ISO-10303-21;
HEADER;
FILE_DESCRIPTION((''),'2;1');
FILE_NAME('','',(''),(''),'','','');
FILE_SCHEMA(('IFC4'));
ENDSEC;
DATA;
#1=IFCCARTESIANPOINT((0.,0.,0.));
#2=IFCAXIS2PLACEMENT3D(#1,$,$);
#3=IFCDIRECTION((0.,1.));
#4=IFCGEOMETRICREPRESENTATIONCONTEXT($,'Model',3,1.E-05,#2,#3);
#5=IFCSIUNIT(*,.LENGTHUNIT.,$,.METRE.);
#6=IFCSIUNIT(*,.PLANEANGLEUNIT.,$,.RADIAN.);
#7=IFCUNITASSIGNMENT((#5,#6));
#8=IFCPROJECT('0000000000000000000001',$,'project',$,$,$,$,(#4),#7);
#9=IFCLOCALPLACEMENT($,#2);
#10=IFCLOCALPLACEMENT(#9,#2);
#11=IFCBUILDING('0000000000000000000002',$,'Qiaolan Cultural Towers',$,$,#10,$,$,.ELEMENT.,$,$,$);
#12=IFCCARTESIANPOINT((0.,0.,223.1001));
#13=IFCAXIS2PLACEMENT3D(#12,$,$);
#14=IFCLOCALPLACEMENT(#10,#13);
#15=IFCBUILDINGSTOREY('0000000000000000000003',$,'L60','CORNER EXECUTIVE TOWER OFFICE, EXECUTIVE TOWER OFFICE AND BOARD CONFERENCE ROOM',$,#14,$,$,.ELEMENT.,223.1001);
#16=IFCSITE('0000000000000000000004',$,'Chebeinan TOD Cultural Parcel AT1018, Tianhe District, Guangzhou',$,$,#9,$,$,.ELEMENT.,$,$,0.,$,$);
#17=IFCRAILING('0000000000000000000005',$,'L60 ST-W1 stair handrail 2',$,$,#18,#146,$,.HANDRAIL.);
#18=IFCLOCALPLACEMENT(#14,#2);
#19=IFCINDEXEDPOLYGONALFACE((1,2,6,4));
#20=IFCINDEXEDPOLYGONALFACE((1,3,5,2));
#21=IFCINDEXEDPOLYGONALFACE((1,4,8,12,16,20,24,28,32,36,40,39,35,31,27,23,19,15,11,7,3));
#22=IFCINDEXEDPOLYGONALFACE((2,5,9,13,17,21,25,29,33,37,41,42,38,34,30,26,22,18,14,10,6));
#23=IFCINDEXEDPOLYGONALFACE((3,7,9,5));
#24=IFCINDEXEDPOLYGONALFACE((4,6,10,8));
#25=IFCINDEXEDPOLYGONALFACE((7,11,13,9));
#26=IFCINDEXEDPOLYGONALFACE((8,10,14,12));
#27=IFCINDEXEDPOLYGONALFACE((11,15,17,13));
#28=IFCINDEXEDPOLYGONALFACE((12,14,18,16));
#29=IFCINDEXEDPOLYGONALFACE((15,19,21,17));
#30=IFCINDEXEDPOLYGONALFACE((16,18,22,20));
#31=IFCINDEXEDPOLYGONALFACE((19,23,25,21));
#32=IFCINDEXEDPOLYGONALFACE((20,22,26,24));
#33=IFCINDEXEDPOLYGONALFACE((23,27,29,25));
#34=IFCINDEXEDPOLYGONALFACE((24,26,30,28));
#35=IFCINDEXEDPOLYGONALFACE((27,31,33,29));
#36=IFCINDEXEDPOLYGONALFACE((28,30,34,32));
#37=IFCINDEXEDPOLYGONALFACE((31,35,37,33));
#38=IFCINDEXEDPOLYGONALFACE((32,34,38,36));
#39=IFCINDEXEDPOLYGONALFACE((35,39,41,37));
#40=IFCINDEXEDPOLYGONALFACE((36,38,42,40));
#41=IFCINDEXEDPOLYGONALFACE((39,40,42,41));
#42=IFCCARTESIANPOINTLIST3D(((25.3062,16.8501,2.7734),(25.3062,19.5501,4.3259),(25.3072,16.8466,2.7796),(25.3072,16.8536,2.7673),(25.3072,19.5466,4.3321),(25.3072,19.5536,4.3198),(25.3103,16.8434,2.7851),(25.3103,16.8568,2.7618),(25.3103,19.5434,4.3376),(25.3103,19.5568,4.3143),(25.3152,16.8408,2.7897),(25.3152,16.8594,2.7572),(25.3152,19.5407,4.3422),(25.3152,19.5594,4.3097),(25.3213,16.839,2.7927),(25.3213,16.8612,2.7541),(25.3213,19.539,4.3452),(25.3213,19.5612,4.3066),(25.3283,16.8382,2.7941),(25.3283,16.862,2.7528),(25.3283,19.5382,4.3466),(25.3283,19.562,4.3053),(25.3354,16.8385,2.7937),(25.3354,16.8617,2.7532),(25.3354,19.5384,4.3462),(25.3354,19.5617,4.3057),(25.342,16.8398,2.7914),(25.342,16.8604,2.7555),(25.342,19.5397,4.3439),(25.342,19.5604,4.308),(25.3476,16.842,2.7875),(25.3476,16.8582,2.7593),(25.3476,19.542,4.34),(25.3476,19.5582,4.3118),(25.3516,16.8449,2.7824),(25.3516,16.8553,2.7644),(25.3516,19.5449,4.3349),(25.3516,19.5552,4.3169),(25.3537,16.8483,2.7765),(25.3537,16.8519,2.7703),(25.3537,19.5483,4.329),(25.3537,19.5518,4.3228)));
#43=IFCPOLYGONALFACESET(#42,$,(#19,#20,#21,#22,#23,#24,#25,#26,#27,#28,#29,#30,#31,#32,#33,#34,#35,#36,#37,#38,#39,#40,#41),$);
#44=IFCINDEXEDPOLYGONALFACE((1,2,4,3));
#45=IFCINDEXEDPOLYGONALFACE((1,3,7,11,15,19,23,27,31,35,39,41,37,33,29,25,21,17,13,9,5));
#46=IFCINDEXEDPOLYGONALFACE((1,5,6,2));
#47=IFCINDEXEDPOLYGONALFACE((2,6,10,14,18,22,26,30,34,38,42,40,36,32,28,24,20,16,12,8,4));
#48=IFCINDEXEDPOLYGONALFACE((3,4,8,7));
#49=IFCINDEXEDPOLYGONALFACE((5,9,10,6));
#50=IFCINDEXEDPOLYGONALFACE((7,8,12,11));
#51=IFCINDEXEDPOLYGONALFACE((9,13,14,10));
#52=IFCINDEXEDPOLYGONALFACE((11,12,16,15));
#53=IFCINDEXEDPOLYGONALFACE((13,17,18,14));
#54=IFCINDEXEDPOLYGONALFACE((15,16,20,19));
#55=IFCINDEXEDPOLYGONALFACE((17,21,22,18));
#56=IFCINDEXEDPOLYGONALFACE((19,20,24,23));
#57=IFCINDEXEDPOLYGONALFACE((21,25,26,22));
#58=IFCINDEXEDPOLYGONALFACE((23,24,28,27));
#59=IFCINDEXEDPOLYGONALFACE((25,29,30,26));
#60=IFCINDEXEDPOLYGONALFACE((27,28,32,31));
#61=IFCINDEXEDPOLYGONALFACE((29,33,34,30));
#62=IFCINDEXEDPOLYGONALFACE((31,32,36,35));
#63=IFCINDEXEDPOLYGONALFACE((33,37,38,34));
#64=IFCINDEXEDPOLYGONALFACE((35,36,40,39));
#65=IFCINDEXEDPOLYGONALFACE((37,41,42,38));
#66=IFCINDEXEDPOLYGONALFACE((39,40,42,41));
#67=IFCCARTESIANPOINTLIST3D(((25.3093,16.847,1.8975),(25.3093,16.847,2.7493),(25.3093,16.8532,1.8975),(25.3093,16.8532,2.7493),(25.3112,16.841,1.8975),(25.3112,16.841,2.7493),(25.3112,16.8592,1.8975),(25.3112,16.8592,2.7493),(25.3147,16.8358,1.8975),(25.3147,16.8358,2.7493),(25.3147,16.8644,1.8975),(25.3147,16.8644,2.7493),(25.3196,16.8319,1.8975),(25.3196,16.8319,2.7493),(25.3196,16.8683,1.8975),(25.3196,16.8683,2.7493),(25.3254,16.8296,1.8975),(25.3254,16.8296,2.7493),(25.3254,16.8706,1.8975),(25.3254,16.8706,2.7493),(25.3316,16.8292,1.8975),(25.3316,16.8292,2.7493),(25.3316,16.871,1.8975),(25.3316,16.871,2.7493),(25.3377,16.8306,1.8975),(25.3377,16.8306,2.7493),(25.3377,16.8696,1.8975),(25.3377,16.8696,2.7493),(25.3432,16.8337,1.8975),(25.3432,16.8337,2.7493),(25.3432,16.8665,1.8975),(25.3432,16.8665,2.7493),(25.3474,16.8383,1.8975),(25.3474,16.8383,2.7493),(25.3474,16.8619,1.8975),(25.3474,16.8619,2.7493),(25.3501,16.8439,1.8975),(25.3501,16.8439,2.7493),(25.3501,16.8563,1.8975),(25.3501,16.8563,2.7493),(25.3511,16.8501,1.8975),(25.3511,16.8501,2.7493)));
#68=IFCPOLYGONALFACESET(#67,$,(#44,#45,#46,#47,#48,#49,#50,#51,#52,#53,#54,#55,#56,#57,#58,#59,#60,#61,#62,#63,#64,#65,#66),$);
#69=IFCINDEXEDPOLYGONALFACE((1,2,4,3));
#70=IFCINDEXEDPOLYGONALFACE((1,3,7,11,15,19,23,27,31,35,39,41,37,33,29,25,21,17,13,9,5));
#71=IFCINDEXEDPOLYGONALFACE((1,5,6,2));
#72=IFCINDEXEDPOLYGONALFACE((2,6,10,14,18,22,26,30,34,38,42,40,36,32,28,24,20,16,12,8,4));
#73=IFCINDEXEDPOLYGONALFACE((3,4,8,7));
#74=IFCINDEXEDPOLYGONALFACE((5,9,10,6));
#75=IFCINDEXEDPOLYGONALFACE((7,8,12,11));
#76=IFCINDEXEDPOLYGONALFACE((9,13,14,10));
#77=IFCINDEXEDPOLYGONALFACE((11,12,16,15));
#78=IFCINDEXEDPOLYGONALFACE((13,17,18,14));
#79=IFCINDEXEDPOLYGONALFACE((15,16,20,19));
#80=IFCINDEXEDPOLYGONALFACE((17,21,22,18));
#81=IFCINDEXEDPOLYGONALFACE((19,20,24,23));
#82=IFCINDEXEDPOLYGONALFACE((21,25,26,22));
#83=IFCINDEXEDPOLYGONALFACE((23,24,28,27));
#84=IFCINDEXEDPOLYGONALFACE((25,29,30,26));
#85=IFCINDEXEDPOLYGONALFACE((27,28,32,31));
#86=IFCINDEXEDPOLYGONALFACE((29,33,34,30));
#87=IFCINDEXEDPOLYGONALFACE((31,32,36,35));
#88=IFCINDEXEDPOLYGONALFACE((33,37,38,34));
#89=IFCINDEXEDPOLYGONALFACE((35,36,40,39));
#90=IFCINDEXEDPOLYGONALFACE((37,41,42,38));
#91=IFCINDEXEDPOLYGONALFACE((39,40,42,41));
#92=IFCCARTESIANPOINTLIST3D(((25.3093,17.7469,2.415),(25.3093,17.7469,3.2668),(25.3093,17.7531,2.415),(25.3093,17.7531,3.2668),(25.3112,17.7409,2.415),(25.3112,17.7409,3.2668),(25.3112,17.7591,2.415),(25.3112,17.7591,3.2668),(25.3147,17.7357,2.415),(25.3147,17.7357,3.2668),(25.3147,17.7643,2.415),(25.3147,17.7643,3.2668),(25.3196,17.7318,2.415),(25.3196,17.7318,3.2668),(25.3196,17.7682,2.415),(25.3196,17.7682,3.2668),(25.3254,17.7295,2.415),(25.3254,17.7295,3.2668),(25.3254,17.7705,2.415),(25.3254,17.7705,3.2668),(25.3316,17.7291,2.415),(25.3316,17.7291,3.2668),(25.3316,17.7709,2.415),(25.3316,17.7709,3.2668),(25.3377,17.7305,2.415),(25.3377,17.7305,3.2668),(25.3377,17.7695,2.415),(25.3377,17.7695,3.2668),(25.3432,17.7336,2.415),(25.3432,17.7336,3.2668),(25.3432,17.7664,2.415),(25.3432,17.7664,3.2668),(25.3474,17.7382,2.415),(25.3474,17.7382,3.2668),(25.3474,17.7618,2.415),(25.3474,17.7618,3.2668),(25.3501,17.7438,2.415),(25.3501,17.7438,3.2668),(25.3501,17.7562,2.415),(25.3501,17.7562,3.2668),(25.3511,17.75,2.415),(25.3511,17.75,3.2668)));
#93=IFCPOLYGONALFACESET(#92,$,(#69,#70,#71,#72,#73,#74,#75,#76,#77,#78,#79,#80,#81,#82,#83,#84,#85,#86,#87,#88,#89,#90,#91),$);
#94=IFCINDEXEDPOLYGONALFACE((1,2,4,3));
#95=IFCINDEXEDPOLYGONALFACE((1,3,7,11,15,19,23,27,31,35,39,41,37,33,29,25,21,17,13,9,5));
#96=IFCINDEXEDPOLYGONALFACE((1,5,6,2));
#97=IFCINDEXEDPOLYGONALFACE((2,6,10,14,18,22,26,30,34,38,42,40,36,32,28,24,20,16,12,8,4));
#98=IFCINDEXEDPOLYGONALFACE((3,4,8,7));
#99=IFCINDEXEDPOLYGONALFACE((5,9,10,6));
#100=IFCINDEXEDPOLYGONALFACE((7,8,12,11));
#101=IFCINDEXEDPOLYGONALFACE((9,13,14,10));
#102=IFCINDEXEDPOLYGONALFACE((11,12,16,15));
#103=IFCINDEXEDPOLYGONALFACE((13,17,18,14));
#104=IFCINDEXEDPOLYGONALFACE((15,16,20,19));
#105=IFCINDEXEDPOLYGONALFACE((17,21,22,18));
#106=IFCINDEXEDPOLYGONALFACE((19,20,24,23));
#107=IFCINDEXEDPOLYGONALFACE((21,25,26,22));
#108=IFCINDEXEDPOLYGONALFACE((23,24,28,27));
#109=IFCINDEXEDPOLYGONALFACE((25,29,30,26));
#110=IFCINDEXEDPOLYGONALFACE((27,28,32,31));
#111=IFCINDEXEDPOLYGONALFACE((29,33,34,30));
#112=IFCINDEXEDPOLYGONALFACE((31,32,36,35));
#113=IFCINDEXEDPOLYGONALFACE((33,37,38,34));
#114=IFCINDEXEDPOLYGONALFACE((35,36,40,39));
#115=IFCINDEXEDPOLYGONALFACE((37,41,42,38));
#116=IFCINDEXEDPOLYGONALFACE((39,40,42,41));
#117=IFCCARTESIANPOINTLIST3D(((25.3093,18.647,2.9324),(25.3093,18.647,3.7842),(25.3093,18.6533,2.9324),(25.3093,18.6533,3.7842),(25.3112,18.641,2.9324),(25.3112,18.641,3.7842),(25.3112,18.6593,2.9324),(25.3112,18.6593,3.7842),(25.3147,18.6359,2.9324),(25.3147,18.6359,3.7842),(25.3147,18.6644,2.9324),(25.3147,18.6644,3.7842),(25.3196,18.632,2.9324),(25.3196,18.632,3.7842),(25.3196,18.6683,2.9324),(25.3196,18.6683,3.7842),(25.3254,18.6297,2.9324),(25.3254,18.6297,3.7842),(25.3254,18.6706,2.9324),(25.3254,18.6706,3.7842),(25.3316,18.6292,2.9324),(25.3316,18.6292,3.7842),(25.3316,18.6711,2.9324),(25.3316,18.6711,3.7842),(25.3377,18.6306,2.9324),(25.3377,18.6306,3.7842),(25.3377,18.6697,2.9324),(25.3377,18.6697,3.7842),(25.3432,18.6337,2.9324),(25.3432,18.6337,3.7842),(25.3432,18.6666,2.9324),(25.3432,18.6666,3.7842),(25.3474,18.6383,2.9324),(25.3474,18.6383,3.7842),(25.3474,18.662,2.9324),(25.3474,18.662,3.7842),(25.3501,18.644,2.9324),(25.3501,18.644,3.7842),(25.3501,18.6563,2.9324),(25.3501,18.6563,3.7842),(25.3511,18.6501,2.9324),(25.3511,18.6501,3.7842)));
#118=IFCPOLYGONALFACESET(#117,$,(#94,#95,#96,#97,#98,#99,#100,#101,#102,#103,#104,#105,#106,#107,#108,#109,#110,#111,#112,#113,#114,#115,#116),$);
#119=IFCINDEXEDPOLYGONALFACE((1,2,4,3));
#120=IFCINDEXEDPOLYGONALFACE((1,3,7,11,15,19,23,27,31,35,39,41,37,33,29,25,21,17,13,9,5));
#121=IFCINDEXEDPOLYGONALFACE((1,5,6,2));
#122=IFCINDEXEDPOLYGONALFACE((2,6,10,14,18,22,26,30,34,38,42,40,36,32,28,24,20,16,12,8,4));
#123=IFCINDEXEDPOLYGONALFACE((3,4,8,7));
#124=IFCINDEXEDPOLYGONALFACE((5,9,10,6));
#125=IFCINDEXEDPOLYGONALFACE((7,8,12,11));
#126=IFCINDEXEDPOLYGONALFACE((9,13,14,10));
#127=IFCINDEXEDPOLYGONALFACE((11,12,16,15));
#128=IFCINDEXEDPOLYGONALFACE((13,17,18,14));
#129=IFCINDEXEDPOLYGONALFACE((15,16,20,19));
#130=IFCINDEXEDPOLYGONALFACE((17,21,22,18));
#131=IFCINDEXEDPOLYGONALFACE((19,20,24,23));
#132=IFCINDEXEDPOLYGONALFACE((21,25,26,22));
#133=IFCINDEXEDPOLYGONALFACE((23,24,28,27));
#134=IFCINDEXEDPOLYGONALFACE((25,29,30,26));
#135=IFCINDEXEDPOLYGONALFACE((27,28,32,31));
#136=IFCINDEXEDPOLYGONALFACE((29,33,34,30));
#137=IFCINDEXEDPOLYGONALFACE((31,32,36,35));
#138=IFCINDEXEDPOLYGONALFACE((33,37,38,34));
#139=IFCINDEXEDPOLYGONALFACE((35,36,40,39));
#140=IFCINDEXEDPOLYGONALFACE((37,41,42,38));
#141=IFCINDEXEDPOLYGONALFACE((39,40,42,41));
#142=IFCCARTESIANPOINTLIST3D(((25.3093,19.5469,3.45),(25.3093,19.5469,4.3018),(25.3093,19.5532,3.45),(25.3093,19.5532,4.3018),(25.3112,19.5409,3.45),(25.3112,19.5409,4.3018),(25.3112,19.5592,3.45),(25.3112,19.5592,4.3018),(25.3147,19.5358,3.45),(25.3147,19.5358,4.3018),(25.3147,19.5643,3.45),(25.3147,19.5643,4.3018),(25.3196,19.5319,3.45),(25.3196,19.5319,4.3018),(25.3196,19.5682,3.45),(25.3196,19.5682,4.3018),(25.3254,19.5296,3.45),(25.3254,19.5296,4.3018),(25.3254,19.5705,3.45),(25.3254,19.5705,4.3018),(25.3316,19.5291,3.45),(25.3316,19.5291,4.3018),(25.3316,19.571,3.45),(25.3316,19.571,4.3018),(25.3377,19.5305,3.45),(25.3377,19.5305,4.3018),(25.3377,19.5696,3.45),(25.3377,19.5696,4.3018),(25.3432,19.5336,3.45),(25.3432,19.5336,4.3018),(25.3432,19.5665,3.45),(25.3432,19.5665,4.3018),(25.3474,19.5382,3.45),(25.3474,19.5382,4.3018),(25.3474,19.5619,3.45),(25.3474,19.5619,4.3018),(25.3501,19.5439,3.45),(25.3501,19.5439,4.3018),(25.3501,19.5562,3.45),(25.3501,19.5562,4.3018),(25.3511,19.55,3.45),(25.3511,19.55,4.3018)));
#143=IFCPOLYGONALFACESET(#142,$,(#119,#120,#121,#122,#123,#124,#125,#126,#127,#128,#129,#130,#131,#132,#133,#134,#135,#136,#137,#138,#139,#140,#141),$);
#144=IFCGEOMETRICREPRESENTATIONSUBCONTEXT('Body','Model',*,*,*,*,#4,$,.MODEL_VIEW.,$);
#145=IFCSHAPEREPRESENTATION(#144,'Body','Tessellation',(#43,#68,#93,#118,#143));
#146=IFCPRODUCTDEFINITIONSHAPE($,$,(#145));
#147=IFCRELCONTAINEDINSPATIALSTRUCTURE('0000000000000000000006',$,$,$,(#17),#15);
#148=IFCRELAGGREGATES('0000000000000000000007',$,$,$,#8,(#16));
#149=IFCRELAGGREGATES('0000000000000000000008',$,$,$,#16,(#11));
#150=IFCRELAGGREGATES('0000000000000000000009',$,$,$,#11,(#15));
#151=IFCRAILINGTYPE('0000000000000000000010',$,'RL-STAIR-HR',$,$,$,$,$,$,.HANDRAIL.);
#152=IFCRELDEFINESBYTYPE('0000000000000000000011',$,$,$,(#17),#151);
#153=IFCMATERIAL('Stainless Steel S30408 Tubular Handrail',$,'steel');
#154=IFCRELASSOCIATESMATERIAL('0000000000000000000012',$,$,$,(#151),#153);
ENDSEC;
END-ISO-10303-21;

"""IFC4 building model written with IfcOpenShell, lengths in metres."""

from ifc_helpers import new_model, si_unit, direction, frame, origin, origin_2d, place, context, subcontext, project, spatial, circle, extrude, material, type_object, element, save


model = new_model("IFC4")

# Units and contexts
model_context = context("Model", 3, precision=1e-05, world=origin(), true_north=direction((0.0, 1.0)))
body_context = subcontext(model_context, "Body", "Model", "MODEL_VIEW")
ifc_project = project(units=[si_unit("LENGTHUNIT", "METRE"), si_unit("PLANEANGLEUNIT", "RADIAN")], contexts=[model_context])

# Site, building, storey
site_placement = place(None, origin())
site = spatial("IfcSite", under=ifc_project, at=site_placement, Name="Chebeinan TOD Cultural Parcel AT1018, Tianhe District, Guangzhou", CompositionType="ELEMENT", RefElevation=0.0)
building_placement = place(site_placement, origin())
building = spatial("IfcBuilding", under=site, at=building_placement, Name="Qiaolan Cultural Towers", CompositionType="ELEMENT")
storey_placement = place(building_placement, frame((0.0, 0.0, 223.1001)))
storey = spatial("IfcBuildingStorey", under=building, at=storey_placement, Name="L60", Description="CORNER EXECUTIVE TOWER OFFICE, EXECUTIVE TOWER OFFICE AND BOARD CONFERENCE ROOM", CompositionType="ELEMENT", Elevation=223.1001)

# Railing
ifc_material_1 = material(Name="Stainless Steel S30408 Tubular Handrail", Category="steel")
railing_type_1 = type_object("IfcRailingType", Name="RL-STAIR-HR", PredefinedType="HANDRAIL", material=ifc_material_1)
railing_1_placement = place(storey_placement, frame((25.3301, 16.8501, 1.8975)))
element("IfcRailing", 1, at=railing_1_placement, inside=storey, type_object=railing_type_1, Name="L60 ST-W1 stair handrail 2", PredefinedType="HANDRAIL", context=body_context, shape_type="SweptSolid", body=[
    extrude(circle(Radius=0.0239, at=origin_2d()), frame((0.0, 0.0, 0.876), z_axis=(0.0, 0.866904, 0.498476), x_axis=(-1.0, 0.0, 0.0)), (0.0, 0.0, 1.0), 3.1145),
    extrude(circle(Radius=0.021, at=origin_2d()), origin(), (0.0, 0.0, 1.0), 0.8518),
    extrude(circle(Radius=0.021, at=origin_2d()), frame((0.0, 0.8999, 0.5176)), (0.0, 0.0, 1.0), 0.8518),
    extrude(circle(Radius=0.021, at=origin_2d()), frame((0.0, 1.8, 1.0349)), (0.0, 0.0, 1.0), 0.8518),
    extrude(circle(Radius=0.021, at=origin_2d()), frame((0.0, 2.7, 1.5525)), (0.0, 0.0, 1.0), 0.8518),
])

save(model, "model.ifc")
